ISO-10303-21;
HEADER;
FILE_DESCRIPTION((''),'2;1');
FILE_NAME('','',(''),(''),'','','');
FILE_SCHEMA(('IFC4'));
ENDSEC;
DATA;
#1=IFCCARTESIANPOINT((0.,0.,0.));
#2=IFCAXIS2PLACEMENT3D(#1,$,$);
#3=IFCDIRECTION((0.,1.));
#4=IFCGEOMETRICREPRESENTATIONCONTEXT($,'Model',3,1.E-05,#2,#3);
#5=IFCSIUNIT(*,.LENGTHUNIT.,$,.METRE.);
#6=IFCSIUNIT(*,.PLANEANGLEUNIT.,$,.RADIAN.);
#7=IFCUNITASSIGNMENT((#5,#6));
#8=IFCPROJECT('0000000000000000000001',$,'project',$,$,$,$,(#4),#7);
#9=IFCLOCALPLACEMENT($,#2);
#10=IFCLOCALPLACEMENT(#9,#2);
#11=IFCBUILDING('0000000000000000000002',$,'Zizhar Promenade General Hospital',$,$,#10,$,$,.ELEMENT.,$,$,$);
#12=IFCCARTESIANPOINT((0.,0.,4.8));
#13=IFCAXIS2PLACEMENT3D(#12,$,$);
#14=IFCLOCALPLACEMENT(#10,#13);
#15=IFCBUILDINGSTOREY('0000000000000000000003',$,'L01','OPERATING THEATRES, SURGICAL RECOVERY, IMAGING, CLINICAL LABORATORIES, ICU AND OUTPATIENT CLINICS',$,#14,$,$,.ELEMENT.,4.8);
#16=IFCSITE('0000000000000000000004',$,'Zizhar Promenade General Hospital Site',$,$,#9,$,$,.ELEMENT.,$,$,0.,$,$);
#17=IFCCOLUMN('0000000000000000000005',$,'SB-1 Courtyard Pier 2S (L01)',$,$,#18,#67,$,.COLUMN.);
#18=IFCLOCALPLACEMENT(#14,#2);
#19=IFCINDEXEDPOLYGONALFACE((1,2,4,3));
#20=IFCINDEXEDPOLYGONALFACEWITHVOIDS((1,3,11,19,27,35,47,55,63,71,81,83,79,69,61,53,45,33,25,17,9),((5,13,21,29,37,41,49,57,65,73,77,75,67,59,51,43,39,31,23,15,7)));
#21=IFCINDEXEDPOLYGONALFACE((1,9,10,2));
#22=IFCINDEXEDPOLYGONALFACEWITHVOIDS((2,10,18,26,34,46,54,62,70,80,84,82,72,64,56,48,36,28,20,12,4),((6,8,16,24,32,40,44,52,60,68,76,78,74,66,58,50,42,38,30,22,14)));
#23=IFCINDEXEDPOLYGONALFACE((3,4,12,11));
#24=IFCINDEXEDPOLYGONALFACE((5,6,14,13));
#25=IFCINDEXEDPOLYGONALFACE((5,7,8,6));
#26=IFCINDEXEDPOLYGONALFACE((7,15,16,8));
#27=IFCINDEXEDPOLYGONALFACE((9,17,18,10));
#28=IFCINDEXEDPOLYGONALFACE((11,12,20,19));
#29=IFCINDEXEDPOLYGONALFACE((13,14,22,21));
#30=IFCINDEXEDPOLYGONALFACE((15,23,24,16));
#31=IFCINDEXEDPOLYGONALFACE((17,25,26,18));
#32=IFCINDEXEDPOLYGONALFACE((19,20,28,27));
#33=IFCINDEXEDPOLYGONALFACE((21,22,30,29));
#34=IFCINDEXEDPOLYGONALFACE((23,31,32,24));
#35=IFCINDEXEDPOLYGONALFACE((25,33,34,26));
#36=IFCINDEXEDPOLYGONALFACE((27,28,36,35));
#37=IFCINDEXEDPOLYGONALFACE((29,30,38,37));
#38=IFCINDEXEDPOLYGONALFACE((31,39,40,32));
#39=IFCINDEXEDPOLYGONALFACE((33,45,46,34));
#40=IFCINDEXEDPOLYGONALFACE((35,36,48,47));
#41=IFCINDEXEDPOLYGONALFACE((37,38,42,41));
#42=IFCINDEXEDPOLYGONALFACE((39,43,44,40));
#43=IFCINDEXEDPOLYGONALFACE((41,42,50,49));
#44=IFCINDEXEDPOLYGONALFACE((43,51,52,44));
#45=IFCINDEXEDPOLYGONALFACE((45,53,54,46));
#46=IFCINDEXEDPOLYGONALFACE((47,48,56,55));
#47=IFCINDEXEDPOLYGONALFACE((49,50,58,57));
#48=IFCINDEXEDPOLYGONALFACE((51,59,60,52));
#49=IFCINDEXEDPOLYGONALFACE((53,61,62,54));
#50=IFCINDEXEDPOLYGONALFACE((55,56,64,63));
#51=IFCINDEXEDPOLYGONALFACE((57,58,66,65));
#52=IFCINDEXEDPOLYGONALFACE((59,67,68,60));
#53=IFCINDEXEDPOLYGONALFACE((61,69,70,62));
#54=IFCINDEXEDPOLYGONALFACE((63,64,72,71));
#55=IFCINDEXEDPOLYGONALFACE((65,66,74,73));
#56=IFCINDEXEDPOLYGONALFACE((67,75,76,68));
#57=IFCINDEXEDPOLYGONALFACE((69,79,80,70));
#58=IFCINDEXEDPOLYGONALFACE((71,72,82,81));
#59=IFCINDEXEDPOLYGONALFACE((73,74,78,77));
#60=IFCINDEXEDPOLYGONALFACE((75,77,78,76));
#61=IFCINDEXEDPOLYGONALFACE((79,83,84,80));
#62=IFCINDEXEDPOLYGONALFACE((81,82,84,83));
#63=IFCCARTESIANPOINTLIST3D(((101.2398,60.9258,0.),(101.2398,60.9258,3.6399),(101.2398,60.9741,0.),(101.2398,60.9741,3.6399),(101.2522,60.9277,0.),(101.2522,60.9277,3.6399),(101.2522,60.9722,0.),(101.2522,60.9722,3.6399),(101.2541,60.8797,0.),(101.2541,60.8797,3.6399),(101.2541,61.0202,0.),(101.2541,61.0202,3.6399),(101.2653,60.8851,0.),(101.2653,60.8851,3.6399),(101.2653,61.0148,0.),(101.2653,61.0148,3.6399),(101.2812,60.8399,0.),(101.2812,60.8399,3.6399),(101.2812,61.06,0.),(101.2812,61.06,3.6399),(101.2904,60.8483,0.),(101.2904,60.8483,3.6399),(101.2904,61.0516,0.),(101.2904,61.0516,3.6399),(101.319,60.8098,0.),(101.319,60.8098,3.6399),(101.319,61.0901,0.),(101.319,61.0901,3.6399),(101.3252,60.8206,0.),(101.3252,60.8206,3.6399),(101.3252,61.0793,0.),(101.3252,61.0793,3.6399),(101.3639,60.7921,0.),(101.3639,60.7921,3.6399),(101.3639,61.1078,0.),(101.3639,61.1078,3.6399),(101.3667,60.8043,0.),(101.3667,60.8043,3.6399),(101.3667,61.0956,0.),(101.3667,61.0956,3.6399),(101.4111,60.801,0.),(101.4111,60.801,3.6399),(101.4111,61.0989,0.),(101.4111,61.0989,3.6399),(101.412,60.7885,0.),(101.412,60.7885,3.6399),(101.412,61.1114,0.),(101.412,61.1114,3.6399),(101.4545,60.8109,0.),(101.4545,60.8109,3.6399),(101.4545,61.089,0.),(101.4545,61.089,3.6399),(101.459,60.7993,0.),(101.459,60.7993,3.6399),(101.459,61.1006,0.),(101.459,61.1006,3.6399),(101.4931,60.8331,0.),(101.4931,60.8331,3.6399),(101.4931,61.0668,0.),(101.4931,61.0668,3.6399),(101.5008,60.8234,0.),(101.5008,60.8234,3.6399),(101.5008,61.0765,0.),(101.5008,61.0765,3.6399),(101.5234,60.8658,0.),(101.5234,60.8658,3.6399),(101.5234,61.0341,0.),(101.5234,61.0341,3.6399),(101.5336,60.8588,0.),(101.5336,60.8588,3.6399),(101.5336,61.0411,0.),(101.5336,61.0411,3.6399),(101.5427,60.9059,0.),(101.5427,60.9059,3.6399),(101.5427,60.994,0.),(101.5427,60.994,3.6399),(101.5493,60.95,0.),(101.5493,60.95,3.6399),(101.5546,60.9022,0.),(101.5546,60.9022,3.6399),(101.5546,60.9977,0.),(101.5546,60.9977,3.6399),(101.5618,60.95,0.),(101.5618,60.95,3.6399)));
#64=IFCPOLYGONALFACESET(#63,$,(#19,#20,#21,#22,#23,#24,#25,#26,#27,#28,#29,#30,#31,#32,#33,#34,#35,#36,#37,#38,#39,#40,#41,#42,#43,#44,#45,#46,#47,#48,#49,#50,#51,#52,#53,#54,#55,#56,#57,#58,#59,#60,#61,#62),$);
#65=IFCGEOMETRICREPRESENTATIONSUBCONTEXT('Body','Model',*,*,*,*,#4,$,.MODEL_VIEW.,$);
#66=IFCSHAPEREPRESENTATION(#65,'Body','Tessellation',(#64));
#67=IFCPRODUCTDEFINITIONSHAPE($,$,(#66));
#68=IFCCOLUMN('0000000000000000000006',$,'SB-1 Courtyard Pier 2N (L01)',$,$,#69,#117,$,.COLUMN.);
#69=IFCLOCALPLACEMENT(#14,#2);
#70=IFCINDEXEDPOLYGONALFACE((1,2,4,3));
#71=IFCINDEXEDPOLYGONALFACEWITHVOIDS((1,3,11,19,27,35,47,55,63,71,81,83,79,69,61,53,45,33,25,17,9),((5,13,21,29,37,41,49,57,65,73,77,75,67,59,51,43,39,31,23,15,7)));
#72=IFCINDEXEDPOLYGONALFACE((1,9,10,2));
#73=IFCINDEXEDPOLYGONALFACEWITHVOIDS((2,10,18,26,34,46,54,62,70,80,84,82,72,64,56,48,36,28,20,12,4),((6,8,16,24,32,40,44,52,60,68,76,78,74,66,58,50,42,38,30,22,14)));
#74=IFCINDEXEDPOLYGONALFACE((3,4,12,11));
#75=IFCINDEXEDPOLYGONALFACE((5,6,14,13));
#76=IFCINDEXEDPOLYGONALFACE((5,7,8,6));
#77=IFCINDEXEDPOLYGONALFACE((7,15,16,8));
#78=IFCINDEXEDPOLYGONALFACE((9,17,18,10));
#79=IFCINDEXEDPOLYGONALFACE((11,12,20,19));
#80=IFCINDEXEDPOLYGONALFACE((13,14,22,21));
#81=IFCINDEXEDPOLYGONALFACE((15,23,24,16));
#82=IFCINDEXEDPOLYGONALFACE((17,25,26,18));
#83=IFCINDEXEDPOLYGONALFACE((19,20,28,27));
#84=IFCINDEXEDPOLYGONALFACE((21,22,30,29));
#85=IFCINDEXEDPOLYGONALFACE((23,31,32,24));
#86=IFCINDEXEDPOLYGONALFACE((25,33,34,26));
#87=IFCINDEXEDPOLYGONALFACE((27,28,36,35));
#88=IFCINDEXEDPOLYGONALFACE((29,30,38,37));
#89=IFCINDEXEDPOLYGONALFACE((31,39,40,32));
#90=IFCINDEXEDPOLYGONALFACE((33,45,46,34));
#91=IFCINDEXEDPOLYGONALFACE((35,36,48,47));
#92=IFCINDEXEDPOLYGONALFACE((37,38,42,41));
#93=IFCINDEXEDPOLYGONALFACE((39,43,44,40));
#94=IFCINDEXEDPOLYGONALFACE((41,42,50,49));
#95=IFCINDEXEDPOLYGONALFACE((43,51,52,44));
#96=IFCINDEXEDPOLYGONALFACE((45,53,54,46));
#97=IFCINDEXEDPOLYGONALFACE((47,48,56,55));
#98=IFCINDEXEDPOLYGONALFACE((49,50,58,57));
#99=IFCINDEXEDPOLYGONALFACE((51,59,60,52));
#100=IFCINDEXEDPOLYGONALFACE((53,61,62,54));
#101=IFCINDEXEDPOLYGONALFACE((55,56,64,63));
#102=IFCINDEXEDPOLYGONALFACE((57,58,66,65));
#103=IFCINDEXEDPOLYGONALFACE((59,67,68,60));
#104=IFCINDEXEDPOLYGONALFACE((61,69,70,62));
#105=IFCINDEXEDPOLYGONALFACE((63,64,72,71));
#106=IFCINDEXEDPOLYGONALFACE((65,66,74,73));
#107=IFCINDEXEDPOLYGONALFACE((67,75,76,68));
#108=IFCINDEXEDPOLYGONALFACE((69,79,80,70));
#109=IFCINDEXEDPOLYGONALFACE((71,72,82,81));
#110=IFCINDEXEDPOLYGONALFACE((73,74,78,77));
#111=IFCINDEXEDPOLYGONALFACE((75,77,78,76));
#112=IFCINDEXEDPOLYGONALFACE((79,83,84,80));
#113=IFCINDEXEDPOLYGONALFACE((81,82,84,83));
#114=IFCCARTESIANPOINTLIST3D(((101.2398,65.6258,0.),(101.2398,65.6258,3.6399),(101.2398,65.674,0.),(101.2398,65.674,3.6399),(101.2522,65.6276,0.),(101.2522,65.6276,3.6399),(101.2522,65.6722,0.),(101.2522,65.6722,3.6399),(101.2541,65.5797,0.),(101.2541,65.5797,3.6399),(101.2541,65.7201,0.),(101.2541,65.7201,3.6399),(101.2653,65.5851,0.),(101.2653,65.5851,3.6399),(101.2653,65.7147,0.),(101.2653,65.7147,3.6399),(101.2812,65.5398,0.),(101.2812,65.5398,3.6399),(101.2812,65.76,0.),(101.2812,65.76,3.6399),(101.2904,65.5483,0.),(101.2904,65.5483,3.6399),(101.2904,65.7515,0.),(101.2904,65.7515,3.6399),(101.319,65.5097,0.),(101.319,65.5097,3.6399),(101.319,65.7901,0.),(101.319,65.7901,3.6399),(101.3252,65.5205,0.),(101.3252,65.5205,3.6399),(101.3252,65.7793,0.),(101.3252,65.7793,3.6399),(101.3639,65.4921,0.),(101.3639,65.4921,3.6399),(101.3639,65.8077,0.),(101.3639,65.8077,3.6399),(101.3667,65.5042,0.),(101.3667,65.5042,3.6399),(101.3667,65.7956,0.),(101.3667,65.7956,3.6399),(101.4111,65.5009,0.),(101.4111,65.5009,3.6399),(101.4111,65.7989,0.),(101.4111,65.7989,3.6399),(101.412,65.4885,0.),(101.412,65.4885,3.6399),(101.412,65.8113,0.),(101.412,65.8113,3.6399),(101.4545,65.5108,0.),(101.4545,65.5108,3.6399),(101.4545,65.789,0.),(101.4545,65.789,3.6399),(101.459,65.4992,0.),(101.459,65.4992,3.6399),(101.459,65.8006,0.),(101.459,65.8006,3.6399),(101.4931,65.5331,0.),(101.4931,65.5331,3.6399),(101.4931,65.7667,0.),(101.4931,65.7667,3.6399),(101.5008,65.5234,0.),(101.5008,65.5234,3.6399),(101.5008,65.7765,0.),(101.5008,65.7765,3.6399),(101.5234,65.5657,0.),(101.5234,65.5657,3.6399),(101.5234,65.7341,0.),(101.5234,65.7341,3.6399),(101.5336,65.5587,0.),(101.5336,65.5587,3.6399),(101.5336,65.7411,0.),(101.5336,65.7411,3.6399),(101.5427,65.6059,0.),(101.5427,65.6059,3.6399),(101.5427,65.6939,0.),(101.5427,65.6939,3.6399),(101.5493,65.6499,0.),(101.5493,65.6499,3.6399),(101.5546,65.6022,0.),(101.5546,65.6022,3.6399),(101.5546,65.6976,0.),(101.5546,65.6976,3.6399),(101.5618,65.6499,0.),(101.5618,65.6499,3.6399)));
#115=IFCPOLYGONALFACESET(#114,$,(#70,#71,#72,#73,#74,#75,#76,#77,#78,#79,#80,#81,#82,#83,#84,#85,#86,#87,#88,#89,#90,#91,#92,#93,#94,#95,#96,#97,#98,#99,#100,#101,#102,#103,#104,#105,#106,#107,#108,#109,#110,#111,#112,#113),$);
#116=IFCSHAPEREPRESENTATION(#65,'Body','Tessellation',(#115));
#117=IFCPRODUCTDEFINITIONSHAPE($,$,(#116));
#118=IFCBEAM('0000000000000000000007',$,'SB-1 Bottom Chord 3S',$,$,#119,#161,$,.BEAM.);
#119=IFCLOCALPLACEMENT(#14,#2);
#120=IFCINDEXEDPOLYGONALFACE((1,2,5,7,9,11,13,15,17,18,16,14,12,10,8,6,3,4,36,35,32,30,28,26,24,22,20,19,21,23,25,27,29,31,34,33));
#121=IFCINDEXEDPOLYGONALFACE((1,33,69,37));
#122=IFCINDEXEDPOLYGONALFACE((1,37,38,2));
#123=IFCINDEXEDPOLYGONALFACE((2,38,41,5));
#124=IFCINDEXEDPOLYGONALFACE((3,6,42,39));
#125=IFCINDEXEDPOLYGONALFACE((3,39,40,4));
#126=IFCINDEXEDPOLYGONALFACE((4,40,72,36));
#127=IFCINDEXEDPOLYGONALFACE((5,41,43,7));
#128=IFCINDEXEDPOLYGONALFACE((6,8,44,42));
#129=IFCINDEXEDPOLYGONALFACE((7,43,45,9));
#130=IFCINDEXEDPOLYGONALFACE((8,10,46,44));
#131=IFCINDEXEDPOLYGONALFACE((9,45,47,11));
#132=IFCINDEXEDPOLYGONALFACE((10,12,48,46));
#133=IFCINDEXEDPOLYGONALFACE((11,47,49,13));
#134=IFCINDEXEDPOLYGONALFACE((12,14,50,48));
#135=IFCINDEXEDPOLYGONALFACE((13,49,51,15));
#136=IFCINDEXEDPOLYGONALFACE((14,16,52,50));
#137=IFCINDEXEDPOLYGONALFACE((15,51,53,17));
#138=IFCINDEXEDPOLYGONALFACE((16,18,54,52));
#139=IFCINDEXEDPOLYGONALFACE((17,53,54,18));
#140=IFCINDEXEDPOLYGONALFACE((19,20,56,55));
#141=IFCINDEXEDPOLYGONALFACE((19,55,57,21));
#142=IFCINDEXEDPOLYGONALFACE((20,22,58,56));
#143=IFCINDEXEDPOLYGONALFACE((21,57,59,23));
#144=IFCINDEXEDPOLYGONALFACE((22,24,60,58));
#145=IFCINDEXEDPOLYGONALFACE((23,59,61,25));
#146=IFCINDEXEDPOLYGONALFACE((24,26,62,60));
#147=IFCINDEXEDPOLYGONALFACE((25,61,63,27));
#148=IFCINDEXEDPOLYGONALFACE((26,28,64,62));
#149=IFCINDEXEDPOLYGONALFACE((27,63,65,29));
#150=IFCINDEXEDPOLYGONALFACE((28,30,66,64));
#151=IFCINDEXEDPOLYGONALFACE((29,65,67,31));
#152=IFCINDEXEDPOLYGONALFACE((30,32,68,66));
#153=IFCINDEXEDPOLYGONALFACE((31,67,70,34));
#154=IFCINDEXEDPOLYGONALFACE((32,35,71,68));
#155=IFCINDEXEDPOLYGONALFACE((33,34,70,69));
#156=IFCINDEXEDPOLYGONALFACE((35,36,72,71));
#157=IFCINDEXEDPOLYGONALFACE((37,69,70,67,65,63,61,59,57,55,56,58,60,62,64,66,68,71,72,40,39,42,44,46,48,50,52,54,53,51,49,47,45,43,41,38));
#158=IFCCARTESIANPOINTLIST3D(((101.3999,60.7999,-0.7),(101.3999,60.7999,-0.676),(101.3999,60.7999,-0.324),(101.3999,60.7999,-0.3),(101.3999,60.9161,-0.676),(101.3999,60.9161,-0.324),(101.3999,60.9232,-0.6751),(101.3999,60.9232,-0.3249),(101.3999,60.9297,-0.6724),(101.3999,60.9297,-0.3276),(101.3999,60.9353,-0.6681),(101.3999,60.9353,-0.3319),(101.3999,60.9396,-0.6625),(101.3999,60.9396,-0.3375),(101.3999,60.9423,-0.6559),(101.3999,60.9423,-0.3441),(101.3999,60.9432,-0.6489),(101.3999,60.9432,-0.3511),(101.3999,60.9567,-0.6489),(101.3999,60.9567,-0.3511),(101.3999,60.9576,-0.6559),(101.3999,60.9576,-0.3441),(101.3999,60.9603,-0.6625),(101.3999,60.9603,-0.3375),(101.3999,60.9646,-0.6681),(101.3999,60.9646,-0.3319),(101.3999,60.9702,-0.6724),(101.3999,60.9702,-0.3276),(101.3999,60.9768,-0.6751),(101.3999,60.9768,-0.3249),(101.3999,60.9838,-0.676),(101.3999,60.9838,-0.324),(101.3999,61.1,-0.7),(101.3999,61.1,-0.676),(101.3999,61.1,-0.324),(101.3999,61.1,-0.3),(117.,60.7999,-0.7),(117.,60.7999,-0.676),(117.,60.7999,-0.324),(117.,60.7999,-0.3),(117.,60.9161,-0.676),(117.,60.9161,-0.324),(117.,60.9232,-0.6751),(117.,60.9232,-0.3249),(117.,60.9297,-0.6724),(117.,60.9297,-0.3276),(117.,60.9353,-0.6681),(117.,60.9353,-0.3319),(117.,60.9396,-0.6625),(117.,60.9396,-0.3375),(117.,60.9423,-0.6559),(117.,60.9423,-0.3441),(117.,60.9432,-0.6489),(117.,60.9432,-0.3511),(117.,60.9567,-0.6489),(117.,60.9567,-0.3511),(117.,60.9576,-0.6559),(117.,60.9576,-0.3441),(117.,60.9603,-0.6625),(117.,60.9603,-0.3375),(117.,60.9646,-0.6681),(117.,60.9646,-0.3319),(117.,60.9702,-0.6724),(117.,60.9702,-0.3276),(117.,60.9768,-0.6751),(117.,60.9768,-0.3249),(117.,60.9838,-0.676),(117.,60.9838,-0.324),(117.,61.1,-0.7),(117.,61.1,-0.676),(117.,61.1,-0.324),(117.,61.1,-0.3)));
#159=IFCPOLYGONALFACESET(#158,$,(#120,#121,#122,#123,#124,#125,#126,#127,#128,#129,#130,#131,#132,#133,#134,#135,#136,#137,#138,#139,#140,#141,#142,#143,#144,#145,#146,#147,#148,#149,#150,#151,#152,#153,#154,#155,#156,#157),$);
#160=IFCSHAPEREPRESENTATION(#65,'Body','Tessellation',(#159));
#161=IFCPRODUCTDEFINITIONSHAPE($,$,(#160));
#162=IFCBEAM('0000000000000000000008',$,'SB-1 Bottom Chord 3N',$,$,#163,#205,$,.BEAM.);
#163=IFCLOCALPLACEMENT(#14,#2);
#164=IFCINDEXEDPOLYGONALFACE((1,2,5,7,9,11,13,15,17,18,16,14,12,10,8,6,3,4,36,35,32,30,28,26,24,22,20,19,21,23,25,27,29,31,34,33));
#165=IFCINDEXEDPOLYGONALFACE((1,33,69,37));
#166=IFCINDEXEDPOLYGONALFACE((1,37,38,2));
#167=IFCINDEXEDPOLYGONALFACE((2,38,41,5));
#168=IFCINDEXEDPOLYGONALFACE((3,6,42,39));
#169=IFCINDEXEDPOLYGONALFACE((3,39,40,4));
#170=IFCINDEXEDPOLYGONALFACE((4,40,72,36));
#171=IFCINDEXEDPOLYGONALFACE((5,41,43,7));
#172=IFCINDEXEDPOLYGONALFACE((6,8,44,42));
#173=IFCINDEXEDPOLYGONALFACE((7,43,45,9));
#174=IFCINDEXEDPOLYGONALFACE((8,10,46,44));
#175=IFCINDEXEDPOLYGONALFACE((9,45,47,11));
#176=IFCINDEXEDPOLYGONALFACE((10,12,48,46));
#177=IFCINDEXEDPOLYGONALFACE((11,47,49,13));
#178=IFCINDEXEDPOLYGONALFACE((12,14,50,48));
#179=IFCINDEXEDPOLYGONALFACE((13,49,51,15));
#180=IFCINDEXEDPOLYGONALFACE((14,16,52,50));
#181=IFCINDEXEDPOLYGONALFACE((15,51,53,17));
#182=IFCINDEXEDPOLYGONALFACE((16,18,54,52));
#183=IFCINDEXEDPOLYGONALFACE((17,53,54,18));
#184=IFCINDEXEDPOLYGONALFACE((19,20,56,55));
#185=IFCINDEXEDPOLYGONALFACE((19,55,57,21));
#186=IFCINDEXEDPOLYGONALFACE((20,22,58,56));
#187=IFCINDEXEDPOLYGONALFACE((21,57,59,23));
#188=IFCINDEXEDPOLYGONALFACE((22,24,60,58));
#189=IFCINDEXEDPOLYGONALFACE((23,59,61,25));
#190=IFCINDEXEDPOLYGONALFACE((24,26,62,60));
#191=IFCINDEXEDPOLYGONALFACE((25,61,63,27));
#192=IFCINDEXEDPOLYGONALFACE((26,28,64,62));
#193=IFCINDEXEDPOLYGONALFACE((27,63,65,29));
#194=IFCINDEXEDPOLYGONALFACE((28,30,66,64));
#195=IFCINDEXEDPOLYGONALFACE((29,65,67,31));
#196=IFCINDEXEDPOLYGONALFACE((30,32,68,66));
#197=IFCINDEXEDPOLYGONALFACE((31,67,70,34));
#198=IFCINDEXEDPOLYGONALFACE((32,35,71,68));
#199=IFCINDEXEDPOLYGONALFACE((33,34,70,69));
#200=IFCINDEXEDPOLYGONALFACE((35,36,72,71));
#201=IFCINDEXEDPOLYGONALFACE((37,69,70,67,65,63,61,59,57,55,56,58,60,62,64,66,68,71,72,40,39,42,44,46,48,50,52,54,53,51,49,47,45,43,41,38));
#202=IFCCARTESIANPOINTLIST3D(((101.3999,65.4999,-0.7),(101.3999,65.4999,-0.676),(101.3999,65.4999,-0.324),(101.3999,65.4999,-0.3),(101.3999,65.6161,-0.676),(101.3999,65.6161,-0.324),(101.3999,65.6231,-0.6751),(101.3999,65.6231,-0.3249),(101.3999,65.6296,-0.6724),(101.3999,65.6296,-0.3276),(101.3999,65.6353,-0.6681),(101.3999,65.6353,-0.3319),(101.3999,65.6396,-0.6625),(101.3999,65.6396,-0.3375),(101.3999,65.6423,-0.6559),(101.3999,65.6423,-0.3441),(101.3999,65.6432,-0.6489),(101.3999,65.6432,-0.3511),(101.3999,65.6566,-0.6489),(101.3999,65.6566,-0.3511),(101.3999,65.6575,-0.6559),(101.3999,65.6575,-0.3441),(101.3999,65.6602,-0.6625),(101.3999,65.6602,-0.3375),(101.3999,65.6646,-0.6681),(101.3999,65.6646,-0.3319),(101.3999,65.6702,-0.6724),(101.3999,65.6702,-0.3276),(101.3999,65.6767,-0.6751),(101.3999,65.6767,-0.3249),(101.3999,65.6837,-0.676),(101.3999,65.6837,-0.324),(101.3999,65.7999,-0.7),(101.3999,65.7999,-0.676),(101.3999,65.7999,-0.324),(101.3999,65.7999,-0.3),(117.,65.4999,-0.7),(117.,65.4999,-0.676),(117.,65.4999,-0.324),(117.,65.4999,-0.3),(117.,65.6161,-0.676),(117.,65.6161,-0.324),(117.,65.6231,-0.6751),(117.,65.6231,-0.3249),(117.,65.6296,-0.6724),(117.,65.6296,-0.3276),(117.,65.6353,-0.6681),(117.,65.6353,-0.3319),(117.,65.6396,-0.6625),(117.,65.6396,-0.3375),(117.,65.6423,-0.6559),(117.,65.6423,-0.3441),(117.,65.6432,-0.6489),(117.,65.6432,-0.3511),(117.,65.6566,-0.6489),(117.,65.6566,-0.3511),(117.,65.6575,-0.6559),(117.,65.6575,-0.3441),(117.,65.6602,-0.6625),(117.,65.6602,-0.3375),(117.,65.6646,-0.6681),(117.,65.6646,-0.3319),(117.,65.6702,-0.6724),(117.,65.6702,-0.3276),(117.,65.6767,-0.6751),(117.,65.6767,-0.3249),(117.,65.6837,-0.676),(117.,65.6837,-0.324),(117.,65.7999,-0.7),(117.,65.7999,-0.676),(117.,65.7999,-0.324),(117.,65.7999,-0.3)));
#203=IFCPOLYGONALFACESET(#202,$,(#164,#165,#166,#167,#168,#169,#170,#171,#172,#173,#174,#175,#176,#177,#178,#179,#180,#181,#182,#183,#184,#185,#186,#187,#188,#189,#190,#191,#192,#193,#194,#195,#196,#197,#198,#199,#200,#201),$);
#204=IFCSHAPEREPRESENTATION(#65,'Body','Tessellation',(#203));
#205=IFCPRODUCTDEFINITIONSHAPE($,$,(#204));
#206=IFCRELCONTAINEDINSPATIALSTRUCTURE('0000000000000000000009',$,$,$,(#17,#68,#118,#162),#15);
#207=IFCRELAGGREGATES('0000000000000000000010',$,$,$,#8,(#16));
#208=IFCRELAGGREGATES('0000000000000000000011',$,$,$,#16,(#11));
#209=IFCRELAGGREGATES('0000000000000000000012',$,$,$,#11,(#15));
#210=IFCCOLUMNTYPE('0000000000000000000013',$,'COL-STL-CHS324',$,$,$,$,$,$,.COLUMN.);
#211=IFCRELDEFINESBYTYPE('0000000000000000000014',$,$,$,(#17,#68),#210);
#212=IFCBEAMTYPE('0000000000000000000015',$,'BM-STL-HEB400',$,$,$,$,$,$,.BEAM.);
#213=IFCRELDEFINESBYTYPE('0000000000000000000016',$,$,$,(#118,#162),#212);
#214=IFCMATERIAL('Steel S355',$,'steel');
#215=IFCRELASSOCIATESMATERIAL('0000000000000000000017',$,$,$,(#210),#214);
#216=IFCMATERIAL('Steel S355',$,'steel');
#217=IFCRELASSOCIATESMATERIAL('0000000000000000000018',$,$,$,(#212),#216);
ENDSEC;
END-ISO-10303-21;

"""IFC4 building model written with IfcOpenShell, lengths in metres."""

from ifc_helpers import new_model, si_unit, direction, frame, origin, origin_2d, place, context, subcontext, project, spatial, hollow_circle, i_section, extrude, material, material_profile, profile_set, type_object, element, save


model = new_model("IFC4")

# Units and contexts
model_context = context("Model", 3, precision=1e-05, world=origin(), true_north=direction((0.0, 1.0)))
body_context = subcontext(model_context, "Body", "Model", "MODEL_VIEW")
ifc_project = project(units=[si_unit("LENGTHUNIT", "METRE"), si_unit("PLANEANGLEUNIT", "RADIAN")], contexts=[model_context])

# Site, building, storey
site_placement = place(None, origin())
site = spatial("IfcSite", under=ifc_project, at=site_placement, Name="Zizhar Promenade General Hospital Site", CompositionType="ELEMENT", RefElevation=0.0)
building_placement = place(site_placement, origin())
building = spatial("IfcBuilding", under=site, at=building_placement, Name="Zizhar Promenade General Hospital", CompositionType="ELEMENT")
storey_placement = place(building_placement, frame((0.0, 0.0, 4.8)))
storey = spatial("IfcBuildingStorey", under=building, at=storey_placement, Name="L01", Description="OPERATING THEATRES, SURGICAL RECOVERY, IMAGING, CLINICAL LABORATORIES, ICU AND OUTPATIENT CLINICS", CompositionType="ELEMENT", Elevation=4.8)

# Columns
ifc_material_1 = material(Name="Steel S355", Category="steel")
ifc_material_profile_1 = material_profile(ifc_material_1, hollow_circle(Radius=0.1619, WallThickness=0.0125, at=origin_2d()))
ifc_profile_set_1 = profile_set([ifc_material_profile_1], Name="Steel S355")
column_type = type_object("IfcColumnType", Name="COL-STL-CHS324", PredefinedType="COLUMN", material=ifc_profile_set_1)
for number, where, z_axis, x_axis, name in (
    (1, (101.3999, 60.95, 0.0), (0.0, 0.0, 1.0), (1.0, 0.0, 0.0), "SB-1 Courtyard Pier 2S (L01)"),
    (2, (101.3999, 65.6499, 0.0), (0.0, 0.0, 1.0), (1.0, 0.0, 0.0), "SB-1 Courtyard Pier 2N (L01)"),
):
    element("IfcColumn", number, at=place(storey_placement, frame(where, z_axis=z_axis, x_axis=x_axis)), inside=storey, type_object=column_type, Name=name, PredefinedType="COLUMN", context=body_context, shape_type="SweptSolid", body=[
        extrude(hollow_circle(Radius=0.1619, WallThickness=0.0125, at=origin_2d()), origin(), (0.0, 0.0, 1.0), 3.6399),
    ])

# Beams
ifc_material_2 = material(Name="Steel S355", Category="steel")
ifc_material_profile_2 = material_profile(ifc_material_2, i_section(OverallWidth=0.3, OverallDepth=0.3999, WebThickness=0.0134, FlangeThickness=0.0239, FilletRadius=0.0271, at=origin_2d()))
ifc_profile_set_2 = profile_set([ifc_material_profile_2], Name="Steel S355")
beam_type_1 = type_object("IfcBeamType", Name="BM-STL-HEB400", PredefinedType="BEAM", material=ifc_profile_set_2)
for number, where, z_axis, x_axis, name in (
    (3, (101.3999, 60.95, -0.5), (1.0, 0.0, 0.0), (0.0, 1.0, 0.0), "SB-1 Bottom Chord 3S"),
    (4, (101.3999, 65.6499, -0.5), (1.0, 0.0, 0.0), (0.0, 1.0, 0.0), "SB-1 Bottom Chord 3N"),
):
    element("IfcBeam", number, at=place(storey_placement, frame(where, z_axis=z_axis, x_axis=x_axis)), inside=storey, type_object=beam_type_1, Name=name, PredefinedType="BEAM", context=body_context, shape_type="SweptSolid", body=[
        extrude(i_section(OverallWidth=0.3, OverallDepth=0.3999, WebThickness=0.0134, FlangeThickness=0.0239, FilletRadius=0.0271, at=origin_2d()), origin(), (0.0, 0.0, 1.0), 15.6001),
    ])

save(model, "model.ifc")
